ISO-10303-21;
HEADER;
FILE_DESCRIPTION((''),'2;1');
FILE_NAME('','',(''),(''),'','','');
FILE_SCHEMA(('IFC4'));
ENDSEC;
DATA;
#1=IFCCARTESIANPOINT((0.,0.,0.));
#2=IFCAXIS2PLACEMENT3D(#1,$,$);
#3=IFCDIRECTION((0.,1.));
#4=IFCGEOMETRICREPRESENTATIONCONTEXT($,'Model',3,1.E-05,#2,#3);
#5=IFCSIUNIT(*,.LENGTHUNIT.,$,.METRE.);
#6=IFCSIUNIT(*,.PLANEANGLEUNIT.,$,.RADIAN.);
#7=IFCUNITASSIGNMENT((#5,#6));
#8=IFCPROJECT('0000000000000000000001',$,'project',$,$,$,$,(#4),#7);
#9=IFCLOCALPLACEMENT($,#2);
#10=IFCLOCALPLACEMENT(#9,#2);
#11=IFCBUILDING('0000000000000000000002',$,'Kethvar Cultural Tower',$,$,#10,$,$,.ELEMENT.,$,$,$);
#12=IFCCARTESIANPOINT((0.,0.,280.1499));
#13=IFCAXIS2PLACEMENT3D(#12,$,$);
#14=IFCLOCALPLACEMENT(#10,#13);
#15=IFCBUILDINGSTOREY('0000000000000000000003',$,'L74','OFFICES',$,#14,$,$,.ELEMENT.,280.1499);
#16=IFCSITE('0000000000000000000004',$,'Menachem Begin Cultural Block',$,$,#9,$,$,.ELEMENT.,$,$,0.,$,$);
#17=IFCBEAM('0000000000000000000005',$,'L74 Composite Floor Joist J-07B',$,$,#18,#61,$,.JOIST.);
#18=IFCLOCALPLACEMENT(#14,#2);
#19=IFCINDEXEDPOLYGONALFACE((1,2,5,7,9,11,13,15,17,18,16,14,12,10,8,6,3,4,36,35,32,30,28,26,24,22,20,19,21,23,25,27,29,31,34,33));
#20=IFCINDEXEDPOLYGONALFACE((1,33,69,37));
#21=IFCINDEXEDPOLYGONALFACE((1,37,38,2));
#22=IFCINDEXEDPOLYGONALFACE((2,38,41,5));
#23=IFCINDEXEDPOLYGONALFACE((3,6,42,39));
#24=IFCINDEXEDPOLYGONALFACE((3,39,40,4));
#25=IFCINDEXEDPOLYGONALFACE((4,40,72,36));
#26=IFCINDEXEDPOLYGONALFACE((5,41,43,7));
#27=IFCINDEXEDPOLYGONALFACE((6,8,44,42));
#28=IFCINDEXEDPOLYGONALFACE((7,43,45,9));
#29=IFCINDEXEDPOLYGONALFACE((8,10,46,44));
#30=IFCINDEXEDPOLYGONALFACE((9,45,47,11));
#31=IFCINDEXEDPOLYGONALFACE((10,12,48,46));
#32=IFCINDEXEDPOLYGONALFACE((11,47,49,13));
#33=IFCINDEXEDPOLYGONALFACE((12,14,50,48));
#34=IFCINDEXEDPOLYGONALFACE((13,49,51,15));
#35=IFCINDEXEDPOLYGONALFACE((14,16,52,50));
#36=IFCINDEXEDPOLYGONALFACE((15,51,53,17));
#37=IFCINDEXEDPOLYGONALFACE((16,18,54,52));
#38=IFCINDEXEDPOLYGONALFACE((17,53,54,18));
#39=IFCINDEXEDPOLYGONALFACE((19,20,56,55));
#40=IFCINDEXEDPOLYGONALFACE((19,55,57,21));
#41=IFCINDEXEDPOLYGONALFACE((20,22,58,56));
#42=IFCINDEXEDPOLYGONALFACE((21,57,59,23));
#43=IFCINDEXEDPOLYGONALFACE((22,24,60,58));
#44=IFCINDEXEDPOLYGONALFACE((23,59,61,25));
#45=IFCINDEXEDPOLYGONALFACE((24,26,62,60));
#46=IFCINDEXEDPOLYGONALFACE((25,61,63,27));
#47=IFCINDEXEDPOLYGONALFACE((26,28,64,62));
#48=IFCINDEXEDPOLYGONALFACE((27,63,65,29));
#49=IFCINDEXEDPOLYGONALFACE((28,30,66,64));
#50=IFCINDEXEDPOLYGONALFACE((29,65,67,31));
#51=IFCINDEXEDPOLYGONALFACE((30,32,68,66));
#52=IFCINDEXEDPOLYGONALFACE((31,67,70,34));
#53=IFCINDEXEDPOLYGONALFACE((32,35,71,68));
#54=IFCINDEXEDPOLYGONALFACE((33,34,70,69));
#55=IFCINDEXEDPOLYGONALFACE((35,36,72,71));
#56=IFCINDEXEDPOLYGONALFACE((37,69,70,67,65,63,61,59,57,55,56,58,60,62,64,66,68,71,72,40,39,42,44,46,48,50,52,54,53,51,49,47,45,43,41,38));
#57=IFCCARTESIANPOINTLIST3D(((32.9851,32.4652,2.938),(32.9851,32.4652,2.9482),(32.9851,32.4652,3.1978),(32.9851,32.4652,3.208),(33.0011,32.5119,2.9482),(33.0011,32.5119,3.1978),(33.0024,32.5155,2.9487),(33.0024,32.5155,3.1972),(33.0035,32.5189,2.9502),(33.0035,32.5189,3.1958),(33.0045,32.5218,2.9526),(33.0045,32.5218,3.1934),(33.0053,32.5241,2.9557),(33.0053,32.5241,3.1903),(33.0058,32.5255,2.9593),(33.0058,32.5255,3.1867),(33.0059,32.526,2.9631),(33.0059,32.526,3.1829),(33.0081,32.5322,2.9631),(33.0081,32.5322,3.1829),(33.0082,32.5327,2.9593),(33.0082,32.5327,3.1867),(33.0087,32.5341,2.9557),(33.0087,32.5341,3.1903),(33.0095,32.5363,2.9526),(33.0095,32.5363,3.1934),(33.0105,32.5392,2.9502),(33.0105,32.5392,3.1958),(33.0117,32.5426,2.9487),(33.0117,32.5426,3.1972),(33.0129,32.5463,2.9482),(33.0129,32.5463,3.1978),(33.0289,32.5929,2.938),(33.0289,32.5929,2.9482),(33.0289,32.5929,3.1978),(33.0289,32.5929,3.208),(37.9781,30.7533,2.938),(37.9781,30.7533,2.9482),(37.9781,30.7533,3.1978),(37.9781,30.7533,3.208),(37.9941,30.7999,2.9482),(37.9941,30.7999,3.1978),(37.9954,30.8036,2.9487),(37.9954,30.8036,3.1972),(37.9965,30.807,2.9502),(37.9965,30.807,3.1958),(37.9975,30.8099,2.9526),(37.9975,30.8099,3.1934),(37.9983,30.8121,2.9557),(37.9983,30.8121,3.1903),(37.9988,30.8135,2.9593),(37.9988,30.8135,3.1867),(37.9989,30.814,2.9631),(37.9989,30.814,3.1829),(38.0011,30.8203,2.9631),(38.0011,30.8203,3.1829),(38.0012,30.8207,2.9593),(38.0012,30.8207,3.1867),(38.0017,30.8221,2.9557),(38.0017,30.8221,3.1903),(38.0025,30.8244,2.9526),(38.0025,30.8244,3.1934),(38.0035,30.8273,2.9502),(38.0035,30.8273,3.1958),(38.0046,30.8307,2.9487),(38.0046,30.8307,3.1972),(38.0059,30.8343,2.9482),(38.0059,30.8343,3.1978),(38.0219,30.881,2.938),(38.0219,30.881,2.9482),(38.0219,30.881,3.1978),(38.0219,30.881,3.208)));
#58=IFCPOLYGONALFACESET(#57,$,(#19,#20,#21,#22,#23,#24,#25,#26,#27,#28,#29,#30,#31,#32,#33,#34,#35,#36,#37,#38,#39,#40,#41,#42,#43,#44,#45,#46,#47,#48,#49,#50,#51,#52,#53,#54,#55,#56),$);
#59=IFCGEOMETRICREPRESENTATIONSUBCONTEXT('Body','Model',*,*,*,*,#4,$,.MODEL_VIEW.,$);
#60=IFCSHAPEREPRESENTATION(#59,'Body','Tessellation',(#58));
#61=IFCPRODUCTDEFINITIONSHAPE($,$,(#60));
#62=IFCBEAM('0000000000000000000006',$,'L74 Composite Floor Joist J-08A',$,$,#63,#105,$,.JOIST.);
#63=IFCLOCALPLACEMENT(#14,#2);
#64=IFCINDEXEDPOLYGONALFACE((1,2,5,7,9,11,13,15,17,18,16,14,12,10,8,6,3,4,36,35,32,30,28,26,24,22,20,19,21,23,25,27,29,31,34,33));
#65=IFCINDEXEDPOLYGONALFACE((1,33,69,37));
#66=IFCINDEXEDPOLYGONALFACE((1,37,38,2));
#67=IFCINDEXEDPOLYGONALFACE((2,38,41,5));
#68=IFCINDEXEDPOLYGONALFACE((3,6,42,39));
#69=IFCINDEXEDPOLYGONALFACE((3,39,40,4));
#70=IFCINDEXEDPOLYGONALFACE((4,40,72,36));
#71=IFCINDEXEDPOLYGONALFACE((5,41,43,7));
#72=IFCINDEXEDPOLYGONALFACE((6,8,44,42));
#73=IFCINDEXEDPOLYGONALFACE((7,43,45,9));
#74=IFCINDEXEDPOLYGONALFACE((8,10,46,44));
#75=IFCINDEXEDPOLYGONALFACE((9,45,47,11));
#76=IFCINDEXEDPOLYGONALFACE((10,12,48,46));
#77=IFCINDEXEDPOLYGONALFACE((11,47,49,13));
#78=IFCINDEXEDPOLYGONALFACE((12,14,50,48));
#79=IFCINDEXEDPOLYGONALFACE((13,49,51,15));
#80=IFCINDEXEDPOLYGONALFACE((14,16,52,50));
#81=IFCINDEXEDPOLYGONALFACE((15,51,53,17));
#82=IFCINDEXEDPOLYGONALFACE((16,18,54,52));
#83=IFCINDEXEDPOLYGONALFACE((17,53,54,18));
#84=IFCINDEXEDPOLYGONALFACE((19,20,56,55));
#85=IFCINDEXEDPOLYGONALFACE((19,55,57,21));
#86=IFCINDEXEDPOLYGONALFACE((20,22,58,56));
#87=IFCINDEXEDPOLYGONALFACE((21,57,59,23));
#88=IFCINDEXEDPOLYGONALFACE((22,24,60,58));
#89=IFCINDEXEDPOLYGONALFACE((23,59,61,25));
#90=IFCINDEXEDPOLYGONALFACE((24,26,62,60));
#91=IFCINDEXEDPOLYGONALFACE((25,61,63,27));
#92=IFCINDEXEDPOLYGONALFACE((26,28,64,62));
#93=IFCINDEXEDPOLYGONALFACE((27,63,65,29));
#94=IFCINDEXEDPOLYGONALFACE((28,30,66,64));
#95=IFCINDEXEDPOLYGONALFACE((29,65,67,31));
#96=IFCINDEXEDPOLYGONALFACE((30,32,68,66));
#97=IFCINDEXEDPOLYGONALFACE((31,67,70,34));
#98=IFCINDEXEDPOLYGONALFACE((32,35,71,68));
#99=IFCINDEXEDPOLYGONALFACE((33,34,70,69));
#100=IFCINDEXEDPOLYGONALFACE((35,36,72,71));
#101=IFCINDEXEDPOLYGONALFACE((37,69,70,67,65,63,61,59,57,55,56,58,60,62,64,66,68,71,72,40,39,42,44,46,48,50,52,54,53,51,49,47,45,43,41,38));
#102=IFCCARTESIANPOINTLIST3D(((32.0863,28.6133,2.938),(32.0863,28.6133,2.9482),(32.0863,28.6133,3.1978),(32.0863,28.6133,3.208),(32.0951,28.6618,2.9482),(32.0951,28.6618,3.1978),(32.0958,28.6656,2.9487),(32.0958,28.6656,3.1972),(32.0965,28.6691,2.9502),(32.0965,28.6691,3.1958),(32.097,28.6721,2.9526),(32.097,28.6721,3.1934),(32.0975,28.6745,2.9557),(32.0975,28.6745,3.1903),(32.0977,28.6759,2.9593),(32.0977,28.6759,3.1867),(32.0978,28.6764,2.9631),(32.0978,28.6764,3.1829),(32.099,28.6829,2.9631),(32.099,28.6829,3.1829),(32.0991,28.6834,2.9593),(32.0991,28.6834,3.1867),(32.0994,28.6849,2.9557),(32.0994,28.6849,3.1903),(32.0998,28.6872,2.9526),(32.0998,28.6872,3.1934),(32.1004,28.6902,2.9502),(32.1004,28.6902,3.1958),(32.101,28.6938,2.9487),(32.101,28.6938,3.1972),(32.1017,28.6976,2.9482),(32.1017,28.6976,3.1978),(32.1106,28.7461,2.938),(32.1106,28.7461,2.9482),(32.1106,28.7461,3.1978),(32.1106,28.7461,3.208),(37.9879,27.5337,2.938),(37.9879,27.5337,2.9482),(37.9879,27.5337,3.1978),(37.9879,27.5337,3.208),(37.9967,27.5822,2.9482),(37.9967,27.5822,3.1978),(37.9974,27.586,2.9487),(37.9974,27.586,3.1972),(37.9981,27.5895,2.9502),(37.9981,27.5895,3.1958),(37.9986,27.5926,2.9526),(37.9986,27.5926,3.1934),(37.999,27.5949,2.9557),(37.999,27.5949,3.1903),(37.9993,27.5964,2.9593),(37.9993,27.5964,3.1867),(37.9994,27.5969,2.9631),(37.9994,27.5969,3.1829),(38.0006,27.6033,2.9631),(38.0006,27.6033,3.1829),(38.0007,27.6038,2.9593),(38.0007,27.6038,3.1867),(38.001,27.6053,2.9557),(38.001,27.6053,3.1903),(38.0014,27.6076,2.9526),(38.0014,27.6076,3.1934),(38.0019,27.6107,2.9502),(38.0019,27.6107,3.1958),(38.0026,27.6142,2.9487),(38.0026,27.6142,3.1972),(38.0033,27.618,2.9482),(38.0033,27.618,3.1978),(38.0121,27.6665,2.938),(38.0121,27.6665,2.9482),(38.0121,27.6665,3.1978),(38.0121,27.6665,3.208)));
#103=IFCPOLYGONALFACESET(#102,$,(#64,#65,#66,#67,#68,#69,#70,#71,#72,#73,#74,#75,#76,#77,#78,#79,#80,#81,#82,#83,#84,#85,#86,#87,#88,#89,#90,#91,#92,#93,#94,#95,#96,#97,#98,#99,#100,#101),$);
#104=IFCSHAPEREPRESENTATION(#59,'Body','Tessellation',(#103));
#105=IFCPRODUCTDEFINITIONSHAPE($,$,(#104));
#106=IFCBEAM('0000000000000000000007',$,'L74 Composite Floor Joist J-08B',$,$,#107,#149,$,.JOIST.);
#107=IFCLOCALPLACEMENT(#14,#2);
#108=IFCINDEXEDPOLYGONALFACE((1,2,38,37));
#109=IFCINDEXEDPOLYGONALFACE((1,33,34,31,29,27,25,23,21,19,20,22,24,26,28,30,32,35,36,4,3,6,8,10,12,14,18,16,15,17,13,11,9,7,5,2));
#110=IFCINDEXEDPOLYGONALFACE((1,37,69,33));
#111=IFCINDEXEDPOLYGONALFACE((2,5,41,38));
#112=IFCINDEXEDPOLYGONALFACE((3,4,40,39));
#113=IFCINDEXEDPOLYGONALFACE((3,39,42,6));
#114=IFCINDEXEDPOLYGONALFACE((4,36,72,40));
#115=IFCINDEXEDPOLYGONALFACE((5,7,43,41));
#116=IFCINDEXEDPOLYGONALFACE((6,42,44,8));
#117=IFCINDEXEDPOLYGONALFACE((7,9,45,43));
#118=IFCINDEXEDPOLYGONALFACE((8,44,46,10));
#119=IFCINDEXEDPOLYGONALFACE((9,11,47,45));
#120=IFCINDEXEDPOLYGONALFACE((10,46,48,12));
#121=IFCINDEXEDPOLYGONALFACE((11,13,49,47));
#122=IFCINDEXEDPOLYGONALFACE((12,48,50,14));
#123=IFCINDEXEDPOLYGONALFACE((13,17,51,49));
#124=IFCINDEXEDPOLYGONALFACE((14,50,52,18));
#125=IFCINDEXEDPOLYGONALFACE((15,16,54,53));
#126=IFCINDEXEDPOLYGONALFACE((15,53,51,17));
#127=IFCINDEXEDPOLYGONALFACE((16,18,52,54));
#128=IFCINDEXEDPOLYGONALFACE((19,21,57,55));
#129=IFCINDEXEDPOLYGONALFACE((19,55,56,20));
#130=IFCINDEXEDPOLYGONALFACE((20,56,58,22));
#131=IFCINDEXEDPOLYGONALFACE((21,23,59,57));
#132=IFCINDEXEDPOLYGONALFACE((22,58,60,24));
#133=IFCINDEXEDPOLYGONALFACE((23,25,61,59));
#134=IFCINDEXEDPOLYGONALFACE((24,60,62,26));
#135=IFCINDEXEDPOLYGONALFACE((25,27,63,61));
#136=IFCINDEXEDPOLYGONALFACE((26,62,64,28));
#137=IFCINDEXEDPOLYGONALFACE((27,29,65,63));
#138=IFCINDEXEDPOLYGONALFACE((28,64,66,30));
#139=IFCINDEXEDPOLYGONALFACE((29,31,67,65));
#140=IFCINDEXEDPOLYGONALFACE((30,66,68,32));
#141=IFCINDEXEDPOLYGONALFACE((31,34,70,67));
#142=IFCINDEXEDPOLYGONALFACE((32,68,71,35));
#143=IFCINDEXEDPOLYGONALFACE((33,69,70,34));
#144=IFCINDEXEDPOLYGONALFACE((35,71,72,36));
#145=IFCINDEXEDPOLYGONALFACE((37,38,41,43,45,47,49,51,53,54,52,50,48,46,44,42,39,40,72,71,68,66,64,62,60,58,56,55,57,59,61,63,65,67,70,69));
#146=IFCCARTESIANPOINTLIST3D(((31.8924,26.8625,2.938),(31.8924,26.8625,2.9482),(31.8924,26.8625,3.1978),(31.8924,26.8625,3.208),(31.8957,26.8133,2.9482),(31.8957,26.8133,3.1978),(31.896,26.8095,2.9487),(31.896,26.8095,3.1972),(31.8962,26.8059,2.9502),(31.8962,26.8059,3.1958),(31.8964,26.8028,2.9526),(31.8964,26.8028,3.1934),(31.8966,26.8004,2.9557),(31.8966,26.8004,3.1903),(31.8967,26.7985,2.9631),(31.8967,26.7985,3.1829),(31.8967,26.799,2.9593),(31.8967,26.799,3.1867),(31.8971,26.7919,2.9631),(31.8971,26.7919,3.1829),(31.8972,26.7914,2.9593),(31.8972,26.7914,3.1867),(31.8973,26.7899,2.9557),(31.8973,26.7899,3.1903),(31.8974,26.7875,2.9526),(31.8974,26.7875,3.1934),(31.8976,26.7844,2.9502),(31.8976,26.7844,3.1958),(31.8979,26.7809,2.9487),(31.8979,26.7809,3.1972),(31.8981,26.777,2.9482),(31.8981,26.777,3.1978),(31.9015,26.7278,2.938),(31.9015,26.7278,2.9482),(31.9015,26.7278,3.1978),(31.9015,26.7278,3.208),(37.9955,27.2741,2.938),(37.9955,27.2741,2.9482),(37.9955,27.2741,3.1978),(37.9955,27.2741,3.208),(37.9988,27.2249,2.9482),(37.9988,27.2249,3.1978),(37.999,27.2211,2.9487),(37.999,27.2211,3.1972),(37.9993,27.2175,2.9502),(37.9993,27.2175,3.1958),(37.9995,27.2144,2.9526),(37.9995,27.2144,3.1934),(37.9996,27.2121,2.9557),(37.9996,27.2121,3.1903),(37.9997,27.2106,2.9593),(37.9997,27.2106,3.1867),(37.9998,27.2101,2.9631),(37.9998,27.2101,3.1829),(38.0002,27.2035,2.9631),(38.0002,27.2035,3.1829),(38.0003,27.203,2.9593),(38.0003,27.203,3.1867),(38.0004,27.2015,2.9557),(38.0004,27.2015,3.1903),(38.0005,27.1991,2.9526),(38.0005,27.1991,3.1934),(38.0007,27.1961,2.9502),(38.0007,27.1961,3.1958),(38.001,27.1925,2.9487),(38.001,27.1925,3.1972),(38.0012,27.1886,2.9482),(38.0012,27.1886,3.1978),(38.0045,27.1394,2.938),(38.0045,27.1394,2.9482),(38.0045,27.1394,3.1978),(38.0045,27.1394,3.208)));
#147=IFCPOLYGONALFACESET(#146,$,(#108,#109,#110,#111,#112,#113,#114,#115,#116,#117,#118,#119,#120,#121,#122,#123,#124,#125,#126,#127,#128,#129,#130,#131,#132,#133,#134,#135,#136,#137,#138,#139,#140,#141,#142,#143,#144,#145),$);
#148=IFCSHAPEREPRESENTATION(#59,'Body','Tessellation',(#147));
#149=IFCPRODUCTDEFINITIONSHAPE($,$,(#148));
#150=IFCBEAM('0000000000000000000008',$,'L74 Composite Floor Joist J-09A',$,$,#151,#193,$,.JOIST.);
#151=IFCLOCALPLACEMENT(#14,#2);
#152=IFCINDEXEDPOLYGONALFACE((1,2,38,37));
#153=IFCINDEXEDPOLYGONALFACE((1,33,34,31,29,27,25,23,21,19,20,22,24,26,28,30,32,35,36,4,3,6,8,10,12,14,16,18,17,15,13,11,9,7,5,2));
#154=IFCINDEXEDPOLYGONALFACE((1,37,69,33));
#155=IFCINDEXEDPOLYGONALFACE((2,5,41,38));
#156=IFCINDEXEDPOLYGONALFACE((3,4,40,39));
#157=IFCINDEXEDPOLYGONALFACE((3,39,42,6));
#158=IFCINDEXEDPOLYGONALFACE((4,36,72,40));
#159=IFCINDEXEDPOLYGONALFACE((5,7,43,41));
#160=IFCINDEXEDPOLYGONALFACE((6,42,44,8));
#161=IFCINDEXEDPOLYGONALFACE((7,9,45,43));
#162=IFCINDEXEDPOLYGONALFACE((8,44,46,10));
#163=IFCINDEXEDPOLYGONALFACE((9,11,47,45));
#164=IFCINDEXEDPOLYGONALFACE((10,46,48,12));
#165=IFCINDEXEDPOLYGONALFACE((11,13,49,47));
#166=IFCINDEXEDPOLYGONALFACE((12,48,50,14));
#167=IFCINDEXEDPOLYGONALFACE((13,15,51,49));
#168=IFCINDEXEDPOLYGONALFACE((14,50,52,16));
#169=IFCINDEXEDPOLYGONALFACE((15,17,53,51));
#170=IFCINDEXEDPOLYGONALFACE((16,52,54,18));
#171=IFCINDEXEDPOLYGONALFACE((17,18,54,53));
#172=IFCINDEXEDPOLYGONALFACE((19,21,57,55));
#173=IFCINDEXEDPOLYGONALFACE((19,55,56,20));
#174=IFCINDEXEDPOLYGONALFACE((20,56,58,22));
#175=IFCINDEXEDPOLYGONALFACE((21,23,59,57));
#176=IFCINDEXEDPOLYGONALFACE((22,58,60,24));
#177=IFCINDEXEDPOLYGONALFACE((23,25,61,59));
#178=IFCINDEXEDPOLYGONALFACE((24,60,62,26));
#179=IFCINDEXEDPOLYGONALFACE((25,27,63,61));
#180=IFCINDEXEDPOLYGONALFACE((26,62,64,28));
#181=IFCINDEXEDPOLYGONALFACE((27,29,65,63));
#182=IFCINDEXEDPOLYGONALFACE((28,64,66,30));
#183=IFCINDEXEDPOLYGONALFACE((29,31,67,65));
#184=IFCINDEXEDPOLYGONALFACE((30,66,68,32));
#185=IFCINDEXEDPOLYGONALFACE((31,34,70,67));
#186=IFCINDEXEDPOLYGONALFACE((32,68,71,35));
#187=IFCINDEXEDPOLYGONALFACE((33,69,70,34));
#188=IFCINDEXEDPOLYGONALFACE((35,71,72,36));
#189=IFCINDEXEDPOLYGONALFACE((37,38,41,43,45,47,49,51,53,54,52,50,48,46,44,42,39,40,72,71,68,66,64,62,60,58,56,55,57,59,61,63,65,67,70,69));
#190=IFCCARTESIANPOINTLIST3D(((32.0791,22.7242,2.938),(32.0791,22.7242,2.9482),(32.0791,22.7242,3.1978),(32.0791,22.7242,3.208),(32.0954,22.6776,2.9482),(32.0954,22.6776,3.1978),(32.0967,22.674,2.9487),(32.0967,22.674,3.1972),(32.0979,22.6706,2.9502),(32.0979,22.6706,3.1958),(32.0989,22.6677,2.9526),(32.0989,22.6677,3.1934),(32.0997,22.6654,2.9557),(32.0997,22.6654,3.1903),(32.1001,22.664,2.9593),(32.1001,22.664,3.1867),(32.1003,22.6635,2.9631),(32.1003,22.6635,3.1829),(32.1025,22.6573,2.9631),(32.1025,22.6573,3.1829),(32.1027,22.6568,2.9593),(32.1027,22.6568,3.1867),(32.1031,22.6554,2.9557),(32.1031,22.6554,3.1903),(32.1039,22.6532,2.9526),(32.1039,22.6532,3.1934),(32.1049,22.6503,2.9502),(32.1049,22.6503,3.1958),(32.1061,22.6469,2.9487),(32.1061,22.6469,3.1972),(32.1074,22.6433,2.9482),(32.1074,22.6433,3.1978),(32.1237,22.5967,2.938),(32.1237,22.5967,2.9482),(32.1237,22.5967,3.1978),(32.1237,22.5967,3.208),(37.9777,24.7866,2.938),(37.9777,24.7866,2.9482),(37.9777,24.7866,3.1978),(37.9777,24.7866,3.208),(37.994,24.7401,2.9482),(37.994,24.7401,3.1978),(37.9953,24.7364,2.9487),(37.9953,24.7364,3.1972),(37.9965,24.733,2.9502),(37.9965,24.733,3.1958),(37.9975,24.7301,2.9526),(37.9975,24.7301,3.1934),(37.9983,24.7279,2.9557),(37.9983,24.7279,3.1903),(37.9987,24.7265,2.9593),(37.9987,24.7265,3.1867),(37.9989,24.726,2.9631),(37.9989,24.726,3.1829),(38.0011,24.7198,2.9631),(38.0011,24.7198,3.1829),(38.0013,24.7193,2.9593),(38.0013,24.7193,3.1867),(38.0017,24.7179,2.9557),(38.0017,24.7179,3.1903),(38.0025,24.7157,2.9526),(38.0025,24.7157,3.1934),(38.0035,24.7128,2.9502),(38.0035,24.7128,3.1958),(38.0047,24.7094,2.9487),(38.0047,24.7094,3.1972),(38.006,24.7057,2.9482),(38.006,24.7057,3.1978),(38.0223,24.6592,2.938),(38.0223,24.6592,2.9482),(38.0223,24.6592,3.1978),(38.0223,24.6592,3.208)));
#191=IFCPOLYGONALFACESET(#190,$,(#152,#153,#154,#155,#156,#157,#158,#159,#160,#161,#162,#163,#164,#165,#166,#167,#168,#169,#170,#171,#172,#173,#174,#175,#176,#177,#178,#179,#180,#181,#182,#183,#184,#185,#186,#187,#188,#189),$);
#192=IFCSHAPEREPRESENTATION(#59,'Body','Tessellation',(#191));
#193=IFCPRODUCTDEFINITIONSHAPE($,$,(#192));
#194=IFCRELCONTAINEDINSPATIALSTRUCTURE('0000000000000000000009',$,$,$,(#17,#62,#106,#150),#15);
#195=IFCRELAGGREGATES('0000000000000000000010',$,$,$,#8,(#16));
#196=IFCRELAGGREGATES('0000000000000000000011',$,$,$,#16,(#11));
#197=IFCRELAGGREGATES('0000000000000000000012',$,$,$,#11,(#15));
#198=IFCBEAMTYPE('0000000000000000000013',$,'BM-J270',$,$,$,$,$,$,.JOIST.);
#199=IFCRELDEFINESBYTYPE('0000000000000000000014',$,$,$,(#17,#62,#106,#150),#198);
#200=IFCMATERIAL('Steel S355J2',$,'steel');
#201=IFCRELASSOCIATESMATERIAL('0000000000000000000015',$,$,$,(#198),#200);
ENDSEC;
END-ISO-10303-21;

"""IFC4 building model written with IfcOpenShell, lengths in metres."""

from ifc_helpers import new_model, si_unit, direction, frame, origin, origin_2d, place, context, subcontext, project, spatial, i_section, extrude, source, transform, mapped, material, material_profile, profile_set, type_object, element, save


model = new_model("IFC4")

# Units and contexts
model_context = context("Model", 3, precision=1e-05, world=origin(), true_north=direction((0.0, 1.0)))
body_context = subcontext(model_context, "Body", "Model", "MODEL_VIEW")
ifc_project = project(units=[si_unit("LENGTHUNIT", "METRE"), si_unit("PLANEANGLEUNIT", "RADIAN")], contexts=[model_context])

# Site, building, storey
site_placement = place(None, origin())
site = spatial("IfcSite", under=ifc_project, at=site_placement, Name="Menachem Begin Cultural Block", CompositionType="ELEMENT", RefElevation=0.0)
building_placement = place(site_placement, origin())
building = spatial("IfcBuilding", under=site, at=building_placement, Name="Kethvar Cultural Tower", CompositionType="ELEMENT")
storey_placement = place(building_placement, frame((0.0, 0.0, 280.1499)))
storey = spatial("IfcBuildingStorey", under=building, at=storey_placement, Name="L74", Description="OFFICES", CompositionType="ELEMENT", Elevation=280.1499)

# Beams
ifc_material_1 = material(Name="Steel S355J2", Category="steel")
ifc_material_profile_1 = material_profile(ifc_material_1, i_section(OverallWidth=0.135, OverallDepth=0.27, WebThickness=0.0066, FlangeThickness=0.0103, FilletRadius=0.0149, at=origin_2d()), Name="Steel S355J2 — IPE270")
ifc_profile_set_1 = profile_set([ifc_material_profile_1], Name="Steel S355J2 — IPE270")
beam_type_1 = type_object("IfcBeamType", Name="BM-J270", PredefinedType="JOIST", material=ifc_profile_set_1)
shared_shape_1 = source(origin(), body_context, "Body", "SweptSolid", [
    extrude(i_section(OverallWidth=0.135, OverallDepth=0.27, WebThickness=0.0066, FlangeThickness=0.0103, FilletRadius=0.0149, at=origin_2d()), origin(), (0.0, 0.0, 1.0), 5.2783),
])
beam_1_placement = place(storey_placement, frame((38.0, 30.8171, 3.073), z_axis=(-0.945943, 0.324334, 0.0), x_axis=(-0.324334, -0.945943, 0.0)))
element("IfcBeam", 1, at=beam_1_placement, inside=storey, type_object=beam_type_1, Name="L74 Composite Floor Joist J-07B", PredefinedType="JOIST", context=body_context, shape_type="MappedRepresentation", body=[
    mapped(shared_shape_1, transform((0.0, 0.0, 0.0), scale=1.0)),
])
shared_shape_2 = source(origin(), body_context, "Body", "SweptSolid", [
    extrude(i_section(OverallWidth=0.135, OverallDepth=0.27, WebThickness=0.0066, FlangeThickness=0.0103, FilletRadius=0.0149, at=origin_2d()), origin(), (0.0, 0.0, 1.0), 5.9995),
])
beam_2_placement = place(storey_placement, frame((38.0, 27.6001, 3.073), z_axis=(-0.983677, 0.179945, 0.0), x_axis=(-0.179945, -0.983677, 0.0)))
element("IfcBeam", 2, at=beam_2_placement, inside=storey, type_object=beam_type_1, Name="L74 Composite Floor Joist J-08A", PredefinedType="JOIST", context=body_context, shape_type="MappedRepresentation", body=[
    mapped(shared_shape_2, transform((0.0, 0.0, 0.0), scale=1.0)),
])
shared_shape_3 = source(origin(), body_context, "Body", "SweptSolid", [
    extrude(i_section(OverallWidth=0.135, OverallDepth=0.27, WebThickness=0.0066, FlangeThickness=0.0103, FilletRadius=0.0149, at=origin_2d()), origin(), (0.0, 0.0, 1.0), 6.1169),
])
beam_3_placement = place(storey_placement, frame((38.0, 27.2068, 3.073), z_axis=(-0.997733, -0.067293, 0.0), x_axis=(0.067293, -0.997733, 0.0)))
element("IfcBeam", 3, at=beam_3_placement, inside=storey, type_object=beam_type_1, Name="L74 Composite Floor Joist J-08B", PredefinedType="JOIST", context=body_context, shape_type="MappedRepresentation", body=[
    mapped(shared_shape_3, transform((0.0, 0.0, 0.0), scale=1.0)),
])
shared_shape_4 = source(origin(), body_context, "Body", "SweptSolid", [
    extrude(i_section(OverallWidth=0.135, OverallDepth=0.27, WebThickness=0.0066, FlangeThickness=0.0103, FilletRadius=0.0149, at=origin_2d()), origin(), (0.0, 0.0, 1.0), 6.2488),
])
beam_4_placement = place(storey_placement, frame((38.0, 24.7229, 3.073), z_axis=(-0.94396, -0.33006, 0.0), x_axis=(0.33006, -0.94396, 0.0)))
element("IfcBeam", 4, at=beam_4_placement, inside=storey, type_object=beam_type_1, Name="L74 Composite Floor Joist J-09A", PredefinedType="JOIST", context=body_context, shape_type="MappedRepresentation", body=[
    mapped(shared_shape_4, transform((0.0, 0.0, 0.0), scale=1.0)),
])

save(model, "model.ifc")
